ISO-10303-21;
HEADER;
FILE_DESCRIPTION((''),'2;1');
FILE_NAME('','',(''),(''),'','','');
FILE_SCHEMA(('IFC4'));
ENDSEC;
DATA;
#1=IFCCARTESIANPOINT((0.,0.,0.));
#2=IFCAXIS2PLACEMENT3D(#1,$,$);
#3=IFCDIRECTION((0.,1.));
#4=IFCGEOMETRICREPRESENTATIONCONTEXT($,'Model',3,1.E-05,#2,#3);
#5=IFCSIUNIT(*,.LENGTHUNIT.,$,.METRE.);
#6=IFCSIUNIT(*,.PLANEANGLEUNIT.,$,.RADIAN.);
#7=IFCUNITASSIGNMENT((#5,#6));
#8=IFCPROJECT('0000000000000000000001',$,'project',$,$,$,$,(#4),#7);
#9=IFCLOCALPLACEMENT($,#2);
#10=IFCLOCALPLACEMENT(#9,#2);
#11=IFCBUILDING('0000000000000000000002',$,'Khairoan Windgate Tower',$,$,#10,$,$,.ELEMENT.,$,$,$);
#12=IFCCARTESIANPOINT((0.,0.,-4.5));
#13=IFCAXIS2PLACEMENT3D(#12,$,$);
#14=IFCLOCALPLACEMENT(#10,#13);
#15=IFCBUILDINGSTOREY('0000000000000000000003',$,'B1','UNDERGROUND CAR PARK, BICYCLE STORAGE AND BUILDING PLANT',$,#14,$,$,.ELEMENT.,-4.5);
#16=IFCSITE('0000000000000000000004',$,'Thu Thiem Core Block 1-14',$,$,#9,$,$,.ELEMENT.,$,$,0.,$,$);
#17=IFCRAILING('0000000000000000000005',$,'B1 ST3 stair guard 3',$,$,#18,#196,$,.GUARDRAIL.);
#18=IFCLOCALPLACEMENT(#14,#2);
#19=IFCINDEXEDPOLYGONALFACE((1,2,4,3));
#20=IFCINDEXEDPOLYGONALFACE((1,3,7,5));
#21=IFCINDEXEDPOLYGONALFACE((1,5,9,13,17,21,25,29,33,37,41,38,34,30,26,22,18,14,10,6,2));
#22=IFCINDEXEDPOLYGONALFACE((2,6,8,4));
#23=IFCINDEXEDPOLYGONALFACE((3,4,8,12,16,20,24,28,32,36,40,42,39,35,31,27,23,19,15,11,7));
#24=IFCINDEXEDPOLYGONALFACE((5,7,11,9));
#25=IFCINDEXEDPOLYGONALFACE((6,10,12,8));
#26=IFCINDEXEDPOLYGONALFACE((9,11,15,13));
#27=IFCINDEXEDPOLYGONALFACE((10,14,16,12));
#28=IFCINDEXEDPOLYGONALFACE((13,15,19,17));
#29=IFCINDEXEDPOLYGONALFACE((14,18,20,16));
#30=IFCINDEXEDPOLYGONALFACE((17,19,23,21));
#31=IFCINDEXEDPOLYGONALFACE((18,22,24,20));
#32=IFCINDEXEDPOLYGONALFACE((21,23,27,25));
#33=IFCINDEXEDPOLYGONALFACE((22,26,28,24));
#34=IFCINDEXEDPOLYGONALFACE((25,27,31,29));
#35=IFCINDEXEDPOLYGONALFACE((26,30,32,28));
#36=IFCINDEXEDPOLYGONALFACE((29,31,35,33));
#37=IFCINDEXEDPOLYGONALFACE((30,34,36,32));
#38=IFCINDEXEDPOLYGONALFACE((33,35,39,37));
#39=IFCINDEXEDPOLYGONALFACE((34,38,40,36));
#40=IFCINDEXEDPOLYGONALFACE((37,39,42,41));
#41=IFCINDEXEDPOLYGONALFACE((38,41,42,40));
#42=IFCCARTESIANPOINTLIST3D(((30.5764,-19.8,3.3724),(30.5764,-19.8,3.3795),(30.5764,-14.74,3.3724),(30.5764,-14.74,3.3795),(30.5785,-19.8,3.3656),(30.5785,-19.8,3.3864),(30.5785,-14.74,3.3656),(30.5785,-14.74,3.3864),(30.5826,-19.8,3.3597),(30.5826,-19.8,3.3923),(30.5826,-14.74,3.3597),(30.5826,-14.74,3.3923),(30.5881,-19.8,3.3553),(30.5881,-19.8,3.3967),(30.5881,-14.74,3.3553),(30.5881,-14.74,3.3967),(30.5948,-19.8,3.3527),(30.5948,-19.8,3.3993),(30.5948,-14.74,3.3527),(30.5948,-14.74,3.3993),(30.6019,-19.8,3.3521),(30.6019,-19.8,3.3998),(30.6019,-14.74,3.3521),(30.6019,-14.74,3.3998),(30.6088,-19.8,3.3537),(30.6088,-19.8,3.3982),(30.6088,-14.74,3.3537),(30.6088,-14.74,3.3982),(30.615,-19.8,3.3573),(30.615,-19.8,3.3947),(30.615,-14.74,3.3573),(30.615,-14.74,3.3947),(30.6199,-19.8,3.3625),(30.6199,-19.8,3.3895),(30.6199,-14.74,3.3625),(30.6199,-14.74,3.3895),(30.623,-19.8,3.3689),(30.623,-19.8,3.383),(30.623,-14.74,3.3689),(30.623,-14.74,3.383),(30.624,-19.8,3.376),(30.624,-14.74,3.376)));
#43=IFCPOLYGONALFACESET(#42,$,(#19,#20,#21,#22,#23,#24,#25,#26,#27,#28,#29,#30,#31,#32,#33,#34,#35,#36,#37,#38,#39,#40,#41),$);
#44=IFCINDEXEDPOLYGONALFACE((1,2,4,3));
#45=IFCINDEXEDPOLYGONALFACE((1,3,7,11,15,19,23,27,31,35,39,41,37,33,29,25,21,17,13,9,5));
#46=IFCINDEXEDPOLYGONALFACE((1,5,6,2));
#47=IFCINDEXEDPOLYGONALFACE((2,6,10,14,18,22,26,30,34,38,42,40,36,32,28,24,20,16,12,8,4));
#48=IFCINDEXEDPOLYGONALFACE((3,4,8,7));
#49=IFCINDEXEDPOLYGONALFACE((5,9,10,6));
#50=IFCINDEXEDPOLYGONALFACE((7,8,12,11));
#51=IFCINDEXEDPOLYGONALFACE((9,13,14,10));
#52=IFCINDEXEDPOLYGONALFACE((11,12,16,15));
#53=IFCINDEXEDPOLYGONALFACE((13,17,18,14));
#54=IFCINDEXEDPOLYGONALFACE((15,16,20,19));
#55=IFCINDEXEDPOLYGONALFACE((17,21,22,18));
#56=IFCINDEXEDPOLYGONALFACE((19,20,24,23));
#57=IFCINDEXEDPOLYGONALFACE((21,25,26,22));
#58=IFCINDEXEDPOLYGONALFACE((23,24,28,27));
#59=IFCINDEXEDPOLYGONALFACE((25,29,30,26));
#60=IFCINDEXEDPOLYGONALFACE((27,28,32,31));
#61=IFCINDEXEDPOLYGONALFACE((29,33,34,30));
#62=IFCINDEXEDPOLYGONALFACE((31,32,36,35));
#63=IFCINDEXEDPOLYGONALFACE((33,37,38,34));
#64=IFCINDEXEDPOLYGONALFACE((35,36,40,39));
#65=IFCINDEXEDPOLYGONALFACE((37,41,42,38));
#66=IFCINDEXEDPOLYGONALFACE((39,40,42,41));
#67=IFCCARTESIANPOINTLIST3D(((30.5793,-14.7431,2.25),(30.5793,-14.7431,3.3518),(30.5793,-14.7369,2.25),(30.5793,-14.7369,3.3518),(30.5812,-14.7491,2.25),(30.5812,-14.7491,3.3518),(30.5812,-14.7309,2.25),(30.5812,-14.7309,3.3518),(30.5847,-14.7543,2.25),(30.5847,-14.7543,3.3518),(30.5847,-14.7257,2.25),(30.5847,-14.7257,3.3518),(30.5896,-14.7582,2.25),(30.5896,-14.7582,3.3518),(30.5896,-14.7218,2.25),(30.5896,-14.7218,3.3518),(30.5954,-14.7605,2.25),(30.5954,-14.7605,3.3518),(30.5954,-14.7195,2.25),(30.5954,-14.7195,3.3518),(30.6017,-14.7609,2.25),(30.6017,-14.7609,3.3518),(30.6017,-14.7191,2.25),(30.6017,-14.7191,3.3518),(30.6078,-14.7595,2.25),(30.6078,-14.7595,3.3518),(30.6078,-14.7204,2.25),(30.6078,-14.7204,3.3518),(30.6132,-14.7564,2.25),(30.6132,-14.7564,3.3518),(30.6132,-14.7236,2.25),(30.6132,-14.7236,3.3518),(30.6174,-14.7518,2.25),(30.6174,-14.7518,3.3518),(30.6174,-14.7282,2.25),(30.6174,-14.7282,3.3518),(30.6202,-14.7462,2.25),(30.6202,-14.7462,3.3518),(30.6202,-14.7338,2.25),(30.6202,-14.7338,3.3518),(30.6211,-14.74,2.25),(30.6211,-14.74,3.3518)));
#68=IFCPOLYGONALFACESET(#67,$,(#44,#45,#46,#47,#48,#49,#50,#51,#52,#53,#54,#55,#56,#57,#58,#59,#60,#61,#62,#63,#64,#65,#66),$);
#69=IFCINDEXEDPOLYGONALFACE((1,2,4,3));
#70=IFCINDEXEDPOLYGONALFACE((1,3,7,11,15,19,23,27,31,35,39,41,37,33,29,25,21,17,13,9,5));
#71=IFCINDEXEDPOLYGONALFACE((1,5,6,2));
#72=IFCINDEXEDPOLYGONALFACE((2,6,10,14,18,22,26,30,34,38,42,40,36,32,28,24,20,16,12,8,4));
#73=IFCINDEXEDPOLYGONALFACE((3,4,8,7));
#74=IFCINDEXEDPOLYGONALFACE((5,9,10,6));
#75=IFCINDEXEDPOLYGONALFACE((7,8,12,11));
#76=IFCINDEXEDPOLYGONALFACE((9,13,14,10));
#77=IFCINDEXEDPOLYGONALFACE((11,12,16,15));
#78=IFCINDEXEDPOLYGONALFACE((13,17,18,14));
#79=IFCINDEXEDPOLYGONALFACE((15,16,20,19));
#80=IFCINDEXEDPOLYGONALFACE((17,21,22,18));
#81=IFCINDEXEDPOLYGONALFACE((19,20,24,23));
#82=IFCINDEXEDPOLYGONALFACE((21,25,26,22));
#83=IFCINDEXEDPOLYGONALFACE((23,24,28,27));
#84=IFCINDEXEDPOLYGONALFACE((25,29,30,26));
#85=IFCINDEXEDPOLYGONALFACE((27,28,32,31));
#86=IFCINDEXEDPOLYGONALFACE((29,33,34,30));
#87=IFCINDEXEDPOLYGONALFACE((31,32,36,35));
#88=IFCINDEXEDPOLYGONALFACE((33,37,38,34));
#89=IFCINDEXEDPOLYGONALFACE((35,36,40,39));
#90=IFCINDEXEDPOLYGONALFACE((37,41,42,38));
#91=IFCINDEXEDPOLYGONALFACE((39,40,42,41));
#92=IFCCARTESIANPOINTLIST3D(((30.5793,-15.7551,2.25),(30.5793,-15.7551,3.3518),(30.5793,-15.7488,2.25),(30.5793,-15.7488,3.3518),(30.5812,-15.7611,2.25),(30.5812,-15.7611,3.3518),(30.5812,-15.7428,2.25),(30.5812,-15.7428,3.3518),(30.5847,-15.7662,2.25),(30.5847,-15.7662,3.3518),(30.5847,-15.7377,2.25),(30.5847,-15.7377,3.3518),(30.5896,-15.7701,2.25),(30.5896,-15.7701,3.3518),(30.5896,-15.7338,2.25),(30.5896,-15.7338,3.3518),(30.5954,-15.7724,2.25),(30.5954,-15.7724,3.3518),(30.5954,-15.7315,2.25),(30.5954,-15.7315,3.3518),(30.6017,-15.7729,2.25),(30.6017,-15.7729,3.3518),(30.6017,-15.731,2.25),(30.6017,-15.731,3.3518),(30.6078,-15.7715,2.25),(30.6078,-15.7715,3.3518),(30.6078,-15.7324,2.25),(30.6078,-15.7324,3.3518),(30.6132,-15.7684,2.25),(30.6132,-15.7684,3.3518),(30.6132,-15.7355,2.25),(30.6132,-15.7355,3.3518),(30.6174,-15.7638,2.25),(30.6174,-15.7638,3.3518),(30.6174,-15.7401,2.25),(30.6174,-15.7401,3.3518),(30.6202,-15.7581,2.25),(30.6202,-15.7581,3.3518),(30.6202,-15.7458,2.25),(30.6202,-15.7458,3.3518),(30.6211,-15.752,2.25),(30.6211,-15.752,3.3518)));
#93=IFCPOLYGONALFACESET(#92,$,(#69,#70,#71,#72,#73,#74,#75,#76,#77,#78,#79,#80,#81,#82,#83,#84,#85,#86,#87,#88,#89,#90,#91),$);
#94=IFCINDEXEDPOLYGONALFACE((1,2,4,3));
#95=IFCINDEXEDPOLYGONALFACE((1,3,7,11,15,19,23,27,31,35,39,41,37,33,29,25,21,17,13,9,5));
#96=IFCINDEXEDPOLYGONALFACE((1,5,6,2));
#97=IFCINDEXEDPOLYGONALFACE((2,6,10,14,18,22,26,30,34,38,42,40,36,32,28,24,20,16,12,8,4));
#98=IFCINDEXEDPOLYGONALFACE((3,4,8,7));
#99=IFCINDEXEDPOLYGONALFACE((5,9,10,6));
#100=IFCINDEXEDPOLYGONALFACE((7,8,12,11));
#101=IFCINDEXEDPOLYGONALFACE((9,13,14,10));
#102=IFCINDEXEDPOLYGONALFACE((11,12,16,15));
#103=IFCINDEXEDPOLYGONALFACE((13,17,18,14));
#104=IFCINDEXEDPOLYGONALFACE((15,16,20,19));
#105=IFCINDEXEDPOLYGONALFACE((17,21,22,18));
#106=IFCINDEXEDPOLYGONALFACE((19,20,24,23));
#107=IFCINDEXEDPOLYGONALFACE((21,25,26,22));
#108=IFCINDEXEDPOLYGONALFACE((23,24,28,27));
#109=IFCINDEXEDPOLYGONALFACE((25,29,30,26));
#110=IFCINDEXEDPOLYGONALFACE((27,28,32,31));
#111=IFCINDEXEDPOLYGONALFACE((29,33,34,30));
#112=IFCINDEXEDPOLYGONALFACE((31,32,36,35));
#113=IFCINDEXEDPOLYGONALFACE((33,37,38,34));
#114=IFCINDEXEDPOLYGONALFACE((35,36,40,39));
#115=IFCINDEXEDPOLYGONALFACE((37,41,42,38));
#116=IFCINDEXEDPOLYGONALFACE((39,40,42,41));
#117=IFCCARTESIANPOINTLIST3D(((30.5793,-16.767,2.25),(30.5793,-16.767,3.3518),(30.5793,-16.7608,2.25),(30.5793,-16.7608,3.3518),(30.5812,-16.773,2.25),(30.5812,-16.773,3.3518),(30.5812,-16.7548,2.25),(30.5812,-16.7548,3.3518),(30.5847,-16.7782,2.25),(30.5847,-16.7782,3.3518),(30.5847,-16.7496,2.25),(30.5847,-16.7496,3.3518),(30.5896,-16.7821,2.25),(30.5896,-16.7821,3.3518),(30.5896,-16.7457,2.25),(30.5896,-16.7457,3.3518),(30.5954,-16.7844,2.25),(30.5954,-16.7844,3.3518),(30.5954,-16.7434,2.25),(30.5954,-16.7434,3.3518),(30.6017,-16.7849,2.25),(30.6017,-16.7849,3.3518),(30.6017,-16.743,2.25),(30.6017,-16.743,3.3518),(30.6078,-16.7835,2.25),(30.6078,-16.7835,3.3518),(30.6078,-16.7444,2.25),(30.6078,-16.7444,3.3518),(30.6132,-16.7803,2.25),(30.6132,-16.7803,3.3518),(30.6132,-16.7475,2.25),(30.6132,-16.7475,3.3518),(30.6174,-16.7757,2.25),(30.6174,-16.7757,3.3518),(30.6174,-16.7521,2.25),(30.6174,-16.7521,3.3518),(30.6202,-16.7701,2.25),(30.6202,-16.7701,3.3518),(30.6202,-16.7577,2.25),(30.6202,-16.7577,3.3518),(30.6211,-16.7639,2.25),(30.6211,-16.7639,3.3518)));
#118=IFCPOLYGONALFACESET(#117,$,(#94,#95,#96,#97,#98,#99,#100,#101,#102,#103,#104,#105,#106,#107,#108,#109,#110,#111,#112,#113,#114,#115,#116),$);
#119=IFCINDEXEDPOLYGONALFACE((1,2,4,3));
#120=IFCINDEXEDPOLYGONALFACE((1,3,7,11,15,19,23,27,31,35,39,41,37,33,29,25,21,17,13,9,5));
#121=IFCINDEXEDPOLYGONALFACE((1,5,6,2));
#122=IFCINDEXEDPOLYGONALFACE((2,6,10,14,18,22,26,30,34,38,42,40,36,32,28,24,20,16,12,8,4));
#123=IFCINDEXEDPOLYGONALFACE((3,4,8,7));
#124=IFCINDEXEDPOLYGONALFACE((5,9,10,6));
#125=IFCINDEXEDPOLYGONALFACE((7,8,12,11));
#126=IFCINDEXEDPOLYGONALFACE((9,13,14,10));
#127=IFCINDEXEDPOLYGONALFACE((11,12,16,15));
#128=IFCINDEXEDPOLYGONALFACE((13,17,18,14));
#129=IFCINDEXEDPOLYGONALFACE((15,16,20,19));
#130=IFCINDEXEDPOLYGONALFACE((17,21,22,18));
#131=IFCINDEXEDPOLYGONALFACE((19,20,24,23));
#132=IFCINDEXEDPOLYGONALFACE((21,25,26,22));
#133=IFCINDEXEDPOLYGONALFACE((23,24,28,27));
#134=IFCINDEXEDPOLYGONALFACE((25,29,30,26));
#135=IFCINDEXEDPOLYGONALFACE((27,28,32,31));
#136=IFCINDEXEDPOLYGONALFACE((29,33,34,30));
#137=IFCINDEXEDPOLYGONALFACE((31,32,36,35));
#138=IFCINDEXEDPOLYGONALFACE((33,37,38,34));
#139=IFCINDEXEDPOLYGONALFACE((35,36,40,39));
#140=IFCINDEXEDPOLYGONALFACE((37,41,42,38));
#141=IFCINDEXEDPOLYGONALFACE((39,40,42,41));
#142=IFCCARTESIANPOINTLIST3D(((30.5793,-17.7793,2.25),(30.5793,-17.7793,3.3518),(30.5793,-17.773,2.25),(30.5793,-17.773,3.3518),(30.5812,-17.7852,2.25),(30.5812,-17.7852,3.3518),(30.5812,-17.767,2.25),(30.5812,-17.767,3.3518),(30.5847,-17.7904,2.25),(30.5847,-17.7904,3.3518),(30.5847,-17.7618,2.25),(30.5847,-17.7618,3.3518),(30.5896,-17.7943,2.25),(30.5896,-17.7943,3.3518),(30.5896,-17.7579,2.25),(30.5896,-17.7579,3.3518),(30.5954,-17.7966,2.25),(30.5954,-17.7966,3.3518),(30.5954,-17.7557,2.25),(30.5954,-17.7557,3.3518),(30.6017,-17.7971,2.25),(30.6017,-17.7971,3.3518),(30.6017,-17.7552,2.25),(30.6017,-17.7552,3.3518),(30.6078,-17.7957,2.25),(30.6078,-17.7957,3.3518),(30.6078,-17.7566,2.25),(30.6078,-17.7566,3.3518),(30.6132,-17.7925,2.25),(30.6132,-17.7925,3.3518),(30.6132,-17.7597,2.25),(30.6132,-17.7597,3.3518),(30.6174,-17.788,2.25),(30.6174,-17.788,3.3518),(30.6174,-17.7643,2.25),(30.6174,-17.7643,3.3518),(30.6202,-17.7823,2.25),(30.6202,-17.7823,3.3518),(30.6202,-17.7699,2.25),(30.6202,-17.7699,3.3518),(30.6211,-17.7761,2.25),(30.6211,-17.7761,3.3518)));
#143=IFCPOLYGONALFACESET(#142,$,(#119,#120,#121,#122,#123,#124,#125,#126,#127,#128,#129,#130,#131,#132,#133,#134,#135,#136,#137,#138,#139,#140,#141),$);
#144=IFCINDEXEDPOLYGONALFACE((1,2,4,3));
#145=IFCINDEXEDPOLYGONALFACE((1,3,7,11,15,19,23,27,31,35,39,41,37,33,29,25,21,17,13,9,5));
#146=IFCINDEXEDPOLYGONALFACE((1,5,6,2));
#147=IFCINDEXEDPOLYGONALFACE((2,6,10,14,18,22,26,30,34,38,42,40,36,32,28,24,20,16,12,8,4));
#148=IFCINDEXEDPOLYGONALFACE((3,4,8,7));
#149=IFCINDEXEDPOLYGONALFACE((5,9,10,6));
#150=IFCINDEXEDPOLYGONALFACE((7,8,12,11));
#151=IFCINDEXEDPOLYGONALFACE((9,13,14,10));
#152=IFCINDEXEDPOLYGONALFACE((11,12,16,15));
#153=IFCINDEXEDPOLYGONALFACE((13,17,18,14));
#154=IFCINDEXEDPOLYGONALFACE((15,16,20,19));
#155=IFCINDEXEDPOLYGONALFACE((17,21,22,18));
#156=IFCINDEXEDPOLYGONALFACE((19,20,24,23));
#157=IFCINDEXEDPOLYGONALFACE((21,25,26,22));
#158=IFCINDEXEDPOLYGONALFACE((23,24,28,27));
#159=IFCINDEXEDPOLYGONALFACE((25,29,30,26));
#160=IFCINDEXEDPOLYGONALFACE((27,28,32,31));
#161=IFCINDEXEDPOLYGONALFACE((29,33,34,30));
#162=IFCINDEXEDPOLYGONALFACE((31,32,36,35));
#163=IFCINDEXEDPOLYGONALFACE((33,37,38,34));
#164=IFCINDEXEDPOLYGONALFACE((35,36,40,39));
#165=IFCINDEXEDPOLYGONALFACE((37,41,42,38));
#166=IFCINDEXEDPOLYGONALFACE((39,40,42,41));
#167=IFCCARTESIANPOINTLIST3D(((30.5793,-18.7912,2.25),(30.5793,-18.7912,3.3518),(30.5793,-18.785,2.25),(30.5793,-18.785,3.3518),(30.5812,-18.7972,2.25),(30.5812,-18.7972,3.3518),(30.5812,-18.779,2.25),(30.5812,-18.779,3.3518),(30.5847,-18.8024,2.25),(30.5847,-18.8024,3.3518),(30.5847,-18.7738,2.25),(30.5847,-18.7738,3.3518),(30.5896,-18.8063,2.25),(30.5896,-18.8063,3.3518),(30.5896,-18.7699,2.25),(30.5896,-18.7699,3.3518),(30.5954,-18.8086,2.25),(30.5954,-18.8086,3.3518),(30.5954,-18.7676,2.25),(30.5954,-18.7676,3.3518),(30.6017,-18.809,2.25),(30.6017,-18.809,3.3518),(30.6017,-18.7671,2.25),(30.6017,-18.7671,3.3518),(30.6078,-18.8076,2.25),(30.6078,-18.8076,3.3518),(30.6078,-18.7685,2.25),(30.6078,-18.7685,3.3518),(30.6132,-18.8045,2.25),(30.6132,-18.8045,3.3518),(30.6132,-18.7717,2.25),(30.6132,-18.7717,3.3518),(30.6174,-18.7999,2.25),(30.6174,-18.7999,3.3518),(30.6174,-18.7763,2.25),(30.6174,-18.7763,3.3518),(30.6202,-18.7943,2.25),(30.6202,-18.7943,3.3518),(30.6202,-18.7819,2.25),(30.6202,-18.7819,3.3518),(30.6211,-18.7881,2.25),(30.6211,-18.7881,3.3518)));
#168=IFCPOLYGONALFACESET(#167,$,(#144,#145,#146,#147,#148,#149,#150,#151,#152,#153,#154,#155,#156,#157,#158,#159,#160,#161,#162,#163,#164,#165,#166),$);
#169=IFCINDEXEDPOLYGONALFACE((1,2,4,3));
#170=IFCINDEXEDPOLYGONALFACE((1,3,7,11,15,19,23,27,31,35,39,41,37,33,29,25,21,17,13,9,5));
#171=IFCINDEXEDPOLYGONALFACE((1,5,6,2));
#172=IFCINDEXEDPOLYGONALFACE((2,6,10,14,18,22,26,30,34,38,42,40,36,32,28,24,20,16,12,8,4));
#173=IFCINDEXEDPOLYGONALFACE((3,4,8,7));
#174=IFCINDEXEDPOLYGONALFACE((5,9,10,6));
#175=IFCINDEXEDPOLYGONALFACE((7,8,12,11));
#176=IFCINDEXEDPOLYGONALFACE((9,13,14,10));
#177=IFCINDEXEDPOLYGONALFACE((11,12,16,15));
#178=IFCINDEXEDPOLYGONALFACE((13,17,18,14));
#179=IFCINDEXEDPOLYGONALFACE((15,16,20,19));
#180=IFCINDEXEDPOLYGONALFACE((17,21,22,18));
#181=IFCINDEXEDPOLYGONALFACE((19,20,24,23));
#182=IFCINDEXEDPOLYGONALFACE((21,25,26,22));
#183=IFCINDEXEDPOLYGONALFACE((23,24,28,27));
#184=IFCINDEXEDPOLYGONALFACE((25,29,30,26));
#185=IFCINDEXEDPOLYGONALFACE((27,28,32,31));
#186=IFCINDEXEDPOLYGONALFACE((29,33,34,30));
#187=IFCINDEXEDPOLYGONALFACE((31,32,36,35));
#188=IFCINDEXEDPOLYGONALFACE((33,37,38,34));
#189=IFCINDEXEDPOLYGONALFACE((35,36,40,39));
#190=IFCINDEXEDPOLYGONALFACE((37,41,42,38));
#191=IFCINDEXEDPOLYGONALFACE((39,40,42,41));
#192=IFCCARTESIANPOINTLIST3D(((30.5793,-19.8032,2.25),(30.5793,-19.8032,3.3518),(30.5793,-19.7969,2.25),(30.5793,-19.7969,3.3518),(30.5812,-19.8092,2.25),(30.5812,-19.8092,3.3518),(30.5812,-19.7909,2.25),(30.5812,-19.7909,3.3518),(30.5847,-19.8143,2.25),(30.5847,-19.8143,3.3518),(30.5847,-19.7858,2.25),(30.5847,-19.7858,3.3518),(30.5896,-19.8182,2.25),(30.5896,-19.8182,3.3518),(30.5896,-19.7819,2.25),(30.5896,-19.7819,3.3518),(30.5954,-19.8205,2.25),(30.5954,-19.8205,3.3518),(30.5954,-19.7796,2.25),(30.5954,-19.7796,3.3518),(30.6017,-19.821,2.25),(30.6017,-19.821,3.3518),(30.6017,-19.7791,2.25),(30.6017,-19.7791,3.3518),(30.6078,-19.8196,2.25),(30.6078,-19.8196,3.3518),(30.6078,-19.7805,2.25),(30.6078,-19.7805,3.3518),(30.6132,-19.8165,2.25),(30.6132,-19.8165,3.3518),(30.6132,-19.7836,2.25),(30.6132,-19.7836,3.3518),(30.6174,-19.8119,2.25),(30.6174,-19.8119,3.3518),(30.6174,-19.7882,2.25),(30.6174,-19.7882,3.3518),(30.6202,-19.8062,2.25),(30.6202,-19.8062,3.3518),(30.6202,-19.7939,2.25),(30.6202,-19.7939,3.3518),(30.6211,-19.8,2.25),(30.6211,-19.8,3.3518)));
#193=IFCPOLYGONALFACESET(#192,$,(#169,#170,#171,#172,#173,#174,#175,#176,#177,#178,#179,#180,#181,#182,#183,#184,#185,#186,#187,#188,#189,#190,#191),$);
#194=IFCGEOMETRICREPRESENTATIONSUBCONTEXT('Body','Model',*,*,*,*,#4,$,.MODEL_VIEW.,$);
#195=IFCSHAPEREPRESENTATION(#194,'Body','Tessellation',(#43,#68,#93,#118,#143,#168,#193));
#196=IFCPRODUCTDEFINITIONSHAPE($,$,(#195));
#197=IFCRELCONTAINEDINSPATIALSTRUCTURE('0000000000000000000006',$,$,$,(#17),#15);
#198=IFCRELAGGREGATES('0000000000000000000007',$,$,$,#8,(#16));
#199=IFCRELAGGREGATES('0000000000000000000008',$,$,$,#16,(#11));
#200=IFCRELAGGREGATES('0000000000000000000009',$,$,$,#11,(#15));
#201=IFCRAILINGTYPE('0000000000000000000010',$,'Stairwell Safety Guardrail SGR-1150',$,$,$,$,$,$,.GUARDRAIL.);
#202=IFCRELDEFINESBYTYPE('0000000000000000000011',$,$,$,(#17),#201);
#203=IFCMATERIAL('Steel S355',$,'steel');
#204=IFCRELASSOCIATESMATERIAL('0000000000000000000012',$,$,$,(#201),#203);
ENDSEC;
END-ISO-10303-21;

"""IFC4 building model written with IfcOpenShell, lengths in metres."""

from ifc_helpers import new_model, si_unit, direction, frame, origin, origin_2d, place, context, subcontext, project, spatial, circle, extrude, material, type_object, element, save


model = new_model("IFC4")

# Units and contexts
model_context = context("Model", 3, precision=1e-05, world=origin(), true_north=direction((0.0, 1.0)))
body_context = subcontext(model_context, "Body", "Model", "MODEL_VIEW")
ifc_project = project(units=[si_unit("LENGTHUNIT", "METRE"), si_unit("PLANEANGLEUNIT", "RADIAN")], contexts=[model_context])

# Site, building, storey
site_placement = place(None, origin())
site = spatial("IfcSite", under=ifc_project, at=site_placement, Name="Thu Thiem Core Block 1-14", CompositionType="ELEMENT", RefElevation=0.0)
building_placement = place(site_placement, origin())
building = spatial("IfcBuilding", under=site, at=building_placement, Name="Khairoan Windgate Tower", CompositionType="ELEMENT")
storey_placement = place(building_placement, frame((0.0, 0.0, -4.5)))
storey = spatial("IfcBuildingStorey", under=building, at=storey_placement, Name="B1", Description="UNDERGROUND CAR PARK, BICYCLE STORAGE AND BUILDING PLANT", CompositionType="ELEMENT", Elevation=-4.5)

# Railing
ifc_material_1 = material(Name="Steel S355", Category="steel")
railing_type_1 = type_object("IfcRailingType", Name="Stairwell Safety Guardrail SGR-1150", PredefinedType="GUARDRAIL", material=ifc_material_1)
for number, where, name in (
    (1, (30.6001, -14.74, 2.25), "B1 ST3 stair guard 3"),
):
    element("IfcRailing", number, at=place(storey_placement, frame(where)), inside=storey, type_object=railing_type_1, Name=name, PredefinedType="GUARDRAIL", context=body_context, shape_type="SweptSolid", body=[
        extrude(circle(Radius=0.0239, at=origin_2d()), frame((0.0, 0.0, 1.126), z_axis=(0.0, -1.0, 0.0), x_axis=(1.0, 0.0, 0.0)), (0.0, 0.0, 1.0), 5.0601),
        extrude(circle(Radius=0.021, at=origin_2d()), origin(), (0.0, 0.0, 1.0), 1.1018),
        extrude(circle(Radius=0.021, at=origin_2d()), frame((0.0, -1.012, 0.0)), (0.0, 0.0, 1.0), 1.1018),
        extrude(circle(Radius=0.021, at=origin_2d()), frame((0.0, -2.0239, 0.0)), (0.0, 0.0, 1.0), 1.1018),
        extrude(circle(Radius=0.021, at=origin_2d()), frame((0.0, -3.0361, 0.0)), (0.0, 0.0, 1.0), 1.1018),
        extrude(circle(Radius=0.021, at=origin_2d()), frame((0.0, -4.0481, 0.0)), (0.0, 0.0, 1.0), 1.1018),
        extrude(circle(Radius=0.021, at=origin_2d()), frame((0.0, -5.0601, 0.0)), (0.0, 0.0, 1.0), 1.1018),
    ])

save(model, "model.ifc")
